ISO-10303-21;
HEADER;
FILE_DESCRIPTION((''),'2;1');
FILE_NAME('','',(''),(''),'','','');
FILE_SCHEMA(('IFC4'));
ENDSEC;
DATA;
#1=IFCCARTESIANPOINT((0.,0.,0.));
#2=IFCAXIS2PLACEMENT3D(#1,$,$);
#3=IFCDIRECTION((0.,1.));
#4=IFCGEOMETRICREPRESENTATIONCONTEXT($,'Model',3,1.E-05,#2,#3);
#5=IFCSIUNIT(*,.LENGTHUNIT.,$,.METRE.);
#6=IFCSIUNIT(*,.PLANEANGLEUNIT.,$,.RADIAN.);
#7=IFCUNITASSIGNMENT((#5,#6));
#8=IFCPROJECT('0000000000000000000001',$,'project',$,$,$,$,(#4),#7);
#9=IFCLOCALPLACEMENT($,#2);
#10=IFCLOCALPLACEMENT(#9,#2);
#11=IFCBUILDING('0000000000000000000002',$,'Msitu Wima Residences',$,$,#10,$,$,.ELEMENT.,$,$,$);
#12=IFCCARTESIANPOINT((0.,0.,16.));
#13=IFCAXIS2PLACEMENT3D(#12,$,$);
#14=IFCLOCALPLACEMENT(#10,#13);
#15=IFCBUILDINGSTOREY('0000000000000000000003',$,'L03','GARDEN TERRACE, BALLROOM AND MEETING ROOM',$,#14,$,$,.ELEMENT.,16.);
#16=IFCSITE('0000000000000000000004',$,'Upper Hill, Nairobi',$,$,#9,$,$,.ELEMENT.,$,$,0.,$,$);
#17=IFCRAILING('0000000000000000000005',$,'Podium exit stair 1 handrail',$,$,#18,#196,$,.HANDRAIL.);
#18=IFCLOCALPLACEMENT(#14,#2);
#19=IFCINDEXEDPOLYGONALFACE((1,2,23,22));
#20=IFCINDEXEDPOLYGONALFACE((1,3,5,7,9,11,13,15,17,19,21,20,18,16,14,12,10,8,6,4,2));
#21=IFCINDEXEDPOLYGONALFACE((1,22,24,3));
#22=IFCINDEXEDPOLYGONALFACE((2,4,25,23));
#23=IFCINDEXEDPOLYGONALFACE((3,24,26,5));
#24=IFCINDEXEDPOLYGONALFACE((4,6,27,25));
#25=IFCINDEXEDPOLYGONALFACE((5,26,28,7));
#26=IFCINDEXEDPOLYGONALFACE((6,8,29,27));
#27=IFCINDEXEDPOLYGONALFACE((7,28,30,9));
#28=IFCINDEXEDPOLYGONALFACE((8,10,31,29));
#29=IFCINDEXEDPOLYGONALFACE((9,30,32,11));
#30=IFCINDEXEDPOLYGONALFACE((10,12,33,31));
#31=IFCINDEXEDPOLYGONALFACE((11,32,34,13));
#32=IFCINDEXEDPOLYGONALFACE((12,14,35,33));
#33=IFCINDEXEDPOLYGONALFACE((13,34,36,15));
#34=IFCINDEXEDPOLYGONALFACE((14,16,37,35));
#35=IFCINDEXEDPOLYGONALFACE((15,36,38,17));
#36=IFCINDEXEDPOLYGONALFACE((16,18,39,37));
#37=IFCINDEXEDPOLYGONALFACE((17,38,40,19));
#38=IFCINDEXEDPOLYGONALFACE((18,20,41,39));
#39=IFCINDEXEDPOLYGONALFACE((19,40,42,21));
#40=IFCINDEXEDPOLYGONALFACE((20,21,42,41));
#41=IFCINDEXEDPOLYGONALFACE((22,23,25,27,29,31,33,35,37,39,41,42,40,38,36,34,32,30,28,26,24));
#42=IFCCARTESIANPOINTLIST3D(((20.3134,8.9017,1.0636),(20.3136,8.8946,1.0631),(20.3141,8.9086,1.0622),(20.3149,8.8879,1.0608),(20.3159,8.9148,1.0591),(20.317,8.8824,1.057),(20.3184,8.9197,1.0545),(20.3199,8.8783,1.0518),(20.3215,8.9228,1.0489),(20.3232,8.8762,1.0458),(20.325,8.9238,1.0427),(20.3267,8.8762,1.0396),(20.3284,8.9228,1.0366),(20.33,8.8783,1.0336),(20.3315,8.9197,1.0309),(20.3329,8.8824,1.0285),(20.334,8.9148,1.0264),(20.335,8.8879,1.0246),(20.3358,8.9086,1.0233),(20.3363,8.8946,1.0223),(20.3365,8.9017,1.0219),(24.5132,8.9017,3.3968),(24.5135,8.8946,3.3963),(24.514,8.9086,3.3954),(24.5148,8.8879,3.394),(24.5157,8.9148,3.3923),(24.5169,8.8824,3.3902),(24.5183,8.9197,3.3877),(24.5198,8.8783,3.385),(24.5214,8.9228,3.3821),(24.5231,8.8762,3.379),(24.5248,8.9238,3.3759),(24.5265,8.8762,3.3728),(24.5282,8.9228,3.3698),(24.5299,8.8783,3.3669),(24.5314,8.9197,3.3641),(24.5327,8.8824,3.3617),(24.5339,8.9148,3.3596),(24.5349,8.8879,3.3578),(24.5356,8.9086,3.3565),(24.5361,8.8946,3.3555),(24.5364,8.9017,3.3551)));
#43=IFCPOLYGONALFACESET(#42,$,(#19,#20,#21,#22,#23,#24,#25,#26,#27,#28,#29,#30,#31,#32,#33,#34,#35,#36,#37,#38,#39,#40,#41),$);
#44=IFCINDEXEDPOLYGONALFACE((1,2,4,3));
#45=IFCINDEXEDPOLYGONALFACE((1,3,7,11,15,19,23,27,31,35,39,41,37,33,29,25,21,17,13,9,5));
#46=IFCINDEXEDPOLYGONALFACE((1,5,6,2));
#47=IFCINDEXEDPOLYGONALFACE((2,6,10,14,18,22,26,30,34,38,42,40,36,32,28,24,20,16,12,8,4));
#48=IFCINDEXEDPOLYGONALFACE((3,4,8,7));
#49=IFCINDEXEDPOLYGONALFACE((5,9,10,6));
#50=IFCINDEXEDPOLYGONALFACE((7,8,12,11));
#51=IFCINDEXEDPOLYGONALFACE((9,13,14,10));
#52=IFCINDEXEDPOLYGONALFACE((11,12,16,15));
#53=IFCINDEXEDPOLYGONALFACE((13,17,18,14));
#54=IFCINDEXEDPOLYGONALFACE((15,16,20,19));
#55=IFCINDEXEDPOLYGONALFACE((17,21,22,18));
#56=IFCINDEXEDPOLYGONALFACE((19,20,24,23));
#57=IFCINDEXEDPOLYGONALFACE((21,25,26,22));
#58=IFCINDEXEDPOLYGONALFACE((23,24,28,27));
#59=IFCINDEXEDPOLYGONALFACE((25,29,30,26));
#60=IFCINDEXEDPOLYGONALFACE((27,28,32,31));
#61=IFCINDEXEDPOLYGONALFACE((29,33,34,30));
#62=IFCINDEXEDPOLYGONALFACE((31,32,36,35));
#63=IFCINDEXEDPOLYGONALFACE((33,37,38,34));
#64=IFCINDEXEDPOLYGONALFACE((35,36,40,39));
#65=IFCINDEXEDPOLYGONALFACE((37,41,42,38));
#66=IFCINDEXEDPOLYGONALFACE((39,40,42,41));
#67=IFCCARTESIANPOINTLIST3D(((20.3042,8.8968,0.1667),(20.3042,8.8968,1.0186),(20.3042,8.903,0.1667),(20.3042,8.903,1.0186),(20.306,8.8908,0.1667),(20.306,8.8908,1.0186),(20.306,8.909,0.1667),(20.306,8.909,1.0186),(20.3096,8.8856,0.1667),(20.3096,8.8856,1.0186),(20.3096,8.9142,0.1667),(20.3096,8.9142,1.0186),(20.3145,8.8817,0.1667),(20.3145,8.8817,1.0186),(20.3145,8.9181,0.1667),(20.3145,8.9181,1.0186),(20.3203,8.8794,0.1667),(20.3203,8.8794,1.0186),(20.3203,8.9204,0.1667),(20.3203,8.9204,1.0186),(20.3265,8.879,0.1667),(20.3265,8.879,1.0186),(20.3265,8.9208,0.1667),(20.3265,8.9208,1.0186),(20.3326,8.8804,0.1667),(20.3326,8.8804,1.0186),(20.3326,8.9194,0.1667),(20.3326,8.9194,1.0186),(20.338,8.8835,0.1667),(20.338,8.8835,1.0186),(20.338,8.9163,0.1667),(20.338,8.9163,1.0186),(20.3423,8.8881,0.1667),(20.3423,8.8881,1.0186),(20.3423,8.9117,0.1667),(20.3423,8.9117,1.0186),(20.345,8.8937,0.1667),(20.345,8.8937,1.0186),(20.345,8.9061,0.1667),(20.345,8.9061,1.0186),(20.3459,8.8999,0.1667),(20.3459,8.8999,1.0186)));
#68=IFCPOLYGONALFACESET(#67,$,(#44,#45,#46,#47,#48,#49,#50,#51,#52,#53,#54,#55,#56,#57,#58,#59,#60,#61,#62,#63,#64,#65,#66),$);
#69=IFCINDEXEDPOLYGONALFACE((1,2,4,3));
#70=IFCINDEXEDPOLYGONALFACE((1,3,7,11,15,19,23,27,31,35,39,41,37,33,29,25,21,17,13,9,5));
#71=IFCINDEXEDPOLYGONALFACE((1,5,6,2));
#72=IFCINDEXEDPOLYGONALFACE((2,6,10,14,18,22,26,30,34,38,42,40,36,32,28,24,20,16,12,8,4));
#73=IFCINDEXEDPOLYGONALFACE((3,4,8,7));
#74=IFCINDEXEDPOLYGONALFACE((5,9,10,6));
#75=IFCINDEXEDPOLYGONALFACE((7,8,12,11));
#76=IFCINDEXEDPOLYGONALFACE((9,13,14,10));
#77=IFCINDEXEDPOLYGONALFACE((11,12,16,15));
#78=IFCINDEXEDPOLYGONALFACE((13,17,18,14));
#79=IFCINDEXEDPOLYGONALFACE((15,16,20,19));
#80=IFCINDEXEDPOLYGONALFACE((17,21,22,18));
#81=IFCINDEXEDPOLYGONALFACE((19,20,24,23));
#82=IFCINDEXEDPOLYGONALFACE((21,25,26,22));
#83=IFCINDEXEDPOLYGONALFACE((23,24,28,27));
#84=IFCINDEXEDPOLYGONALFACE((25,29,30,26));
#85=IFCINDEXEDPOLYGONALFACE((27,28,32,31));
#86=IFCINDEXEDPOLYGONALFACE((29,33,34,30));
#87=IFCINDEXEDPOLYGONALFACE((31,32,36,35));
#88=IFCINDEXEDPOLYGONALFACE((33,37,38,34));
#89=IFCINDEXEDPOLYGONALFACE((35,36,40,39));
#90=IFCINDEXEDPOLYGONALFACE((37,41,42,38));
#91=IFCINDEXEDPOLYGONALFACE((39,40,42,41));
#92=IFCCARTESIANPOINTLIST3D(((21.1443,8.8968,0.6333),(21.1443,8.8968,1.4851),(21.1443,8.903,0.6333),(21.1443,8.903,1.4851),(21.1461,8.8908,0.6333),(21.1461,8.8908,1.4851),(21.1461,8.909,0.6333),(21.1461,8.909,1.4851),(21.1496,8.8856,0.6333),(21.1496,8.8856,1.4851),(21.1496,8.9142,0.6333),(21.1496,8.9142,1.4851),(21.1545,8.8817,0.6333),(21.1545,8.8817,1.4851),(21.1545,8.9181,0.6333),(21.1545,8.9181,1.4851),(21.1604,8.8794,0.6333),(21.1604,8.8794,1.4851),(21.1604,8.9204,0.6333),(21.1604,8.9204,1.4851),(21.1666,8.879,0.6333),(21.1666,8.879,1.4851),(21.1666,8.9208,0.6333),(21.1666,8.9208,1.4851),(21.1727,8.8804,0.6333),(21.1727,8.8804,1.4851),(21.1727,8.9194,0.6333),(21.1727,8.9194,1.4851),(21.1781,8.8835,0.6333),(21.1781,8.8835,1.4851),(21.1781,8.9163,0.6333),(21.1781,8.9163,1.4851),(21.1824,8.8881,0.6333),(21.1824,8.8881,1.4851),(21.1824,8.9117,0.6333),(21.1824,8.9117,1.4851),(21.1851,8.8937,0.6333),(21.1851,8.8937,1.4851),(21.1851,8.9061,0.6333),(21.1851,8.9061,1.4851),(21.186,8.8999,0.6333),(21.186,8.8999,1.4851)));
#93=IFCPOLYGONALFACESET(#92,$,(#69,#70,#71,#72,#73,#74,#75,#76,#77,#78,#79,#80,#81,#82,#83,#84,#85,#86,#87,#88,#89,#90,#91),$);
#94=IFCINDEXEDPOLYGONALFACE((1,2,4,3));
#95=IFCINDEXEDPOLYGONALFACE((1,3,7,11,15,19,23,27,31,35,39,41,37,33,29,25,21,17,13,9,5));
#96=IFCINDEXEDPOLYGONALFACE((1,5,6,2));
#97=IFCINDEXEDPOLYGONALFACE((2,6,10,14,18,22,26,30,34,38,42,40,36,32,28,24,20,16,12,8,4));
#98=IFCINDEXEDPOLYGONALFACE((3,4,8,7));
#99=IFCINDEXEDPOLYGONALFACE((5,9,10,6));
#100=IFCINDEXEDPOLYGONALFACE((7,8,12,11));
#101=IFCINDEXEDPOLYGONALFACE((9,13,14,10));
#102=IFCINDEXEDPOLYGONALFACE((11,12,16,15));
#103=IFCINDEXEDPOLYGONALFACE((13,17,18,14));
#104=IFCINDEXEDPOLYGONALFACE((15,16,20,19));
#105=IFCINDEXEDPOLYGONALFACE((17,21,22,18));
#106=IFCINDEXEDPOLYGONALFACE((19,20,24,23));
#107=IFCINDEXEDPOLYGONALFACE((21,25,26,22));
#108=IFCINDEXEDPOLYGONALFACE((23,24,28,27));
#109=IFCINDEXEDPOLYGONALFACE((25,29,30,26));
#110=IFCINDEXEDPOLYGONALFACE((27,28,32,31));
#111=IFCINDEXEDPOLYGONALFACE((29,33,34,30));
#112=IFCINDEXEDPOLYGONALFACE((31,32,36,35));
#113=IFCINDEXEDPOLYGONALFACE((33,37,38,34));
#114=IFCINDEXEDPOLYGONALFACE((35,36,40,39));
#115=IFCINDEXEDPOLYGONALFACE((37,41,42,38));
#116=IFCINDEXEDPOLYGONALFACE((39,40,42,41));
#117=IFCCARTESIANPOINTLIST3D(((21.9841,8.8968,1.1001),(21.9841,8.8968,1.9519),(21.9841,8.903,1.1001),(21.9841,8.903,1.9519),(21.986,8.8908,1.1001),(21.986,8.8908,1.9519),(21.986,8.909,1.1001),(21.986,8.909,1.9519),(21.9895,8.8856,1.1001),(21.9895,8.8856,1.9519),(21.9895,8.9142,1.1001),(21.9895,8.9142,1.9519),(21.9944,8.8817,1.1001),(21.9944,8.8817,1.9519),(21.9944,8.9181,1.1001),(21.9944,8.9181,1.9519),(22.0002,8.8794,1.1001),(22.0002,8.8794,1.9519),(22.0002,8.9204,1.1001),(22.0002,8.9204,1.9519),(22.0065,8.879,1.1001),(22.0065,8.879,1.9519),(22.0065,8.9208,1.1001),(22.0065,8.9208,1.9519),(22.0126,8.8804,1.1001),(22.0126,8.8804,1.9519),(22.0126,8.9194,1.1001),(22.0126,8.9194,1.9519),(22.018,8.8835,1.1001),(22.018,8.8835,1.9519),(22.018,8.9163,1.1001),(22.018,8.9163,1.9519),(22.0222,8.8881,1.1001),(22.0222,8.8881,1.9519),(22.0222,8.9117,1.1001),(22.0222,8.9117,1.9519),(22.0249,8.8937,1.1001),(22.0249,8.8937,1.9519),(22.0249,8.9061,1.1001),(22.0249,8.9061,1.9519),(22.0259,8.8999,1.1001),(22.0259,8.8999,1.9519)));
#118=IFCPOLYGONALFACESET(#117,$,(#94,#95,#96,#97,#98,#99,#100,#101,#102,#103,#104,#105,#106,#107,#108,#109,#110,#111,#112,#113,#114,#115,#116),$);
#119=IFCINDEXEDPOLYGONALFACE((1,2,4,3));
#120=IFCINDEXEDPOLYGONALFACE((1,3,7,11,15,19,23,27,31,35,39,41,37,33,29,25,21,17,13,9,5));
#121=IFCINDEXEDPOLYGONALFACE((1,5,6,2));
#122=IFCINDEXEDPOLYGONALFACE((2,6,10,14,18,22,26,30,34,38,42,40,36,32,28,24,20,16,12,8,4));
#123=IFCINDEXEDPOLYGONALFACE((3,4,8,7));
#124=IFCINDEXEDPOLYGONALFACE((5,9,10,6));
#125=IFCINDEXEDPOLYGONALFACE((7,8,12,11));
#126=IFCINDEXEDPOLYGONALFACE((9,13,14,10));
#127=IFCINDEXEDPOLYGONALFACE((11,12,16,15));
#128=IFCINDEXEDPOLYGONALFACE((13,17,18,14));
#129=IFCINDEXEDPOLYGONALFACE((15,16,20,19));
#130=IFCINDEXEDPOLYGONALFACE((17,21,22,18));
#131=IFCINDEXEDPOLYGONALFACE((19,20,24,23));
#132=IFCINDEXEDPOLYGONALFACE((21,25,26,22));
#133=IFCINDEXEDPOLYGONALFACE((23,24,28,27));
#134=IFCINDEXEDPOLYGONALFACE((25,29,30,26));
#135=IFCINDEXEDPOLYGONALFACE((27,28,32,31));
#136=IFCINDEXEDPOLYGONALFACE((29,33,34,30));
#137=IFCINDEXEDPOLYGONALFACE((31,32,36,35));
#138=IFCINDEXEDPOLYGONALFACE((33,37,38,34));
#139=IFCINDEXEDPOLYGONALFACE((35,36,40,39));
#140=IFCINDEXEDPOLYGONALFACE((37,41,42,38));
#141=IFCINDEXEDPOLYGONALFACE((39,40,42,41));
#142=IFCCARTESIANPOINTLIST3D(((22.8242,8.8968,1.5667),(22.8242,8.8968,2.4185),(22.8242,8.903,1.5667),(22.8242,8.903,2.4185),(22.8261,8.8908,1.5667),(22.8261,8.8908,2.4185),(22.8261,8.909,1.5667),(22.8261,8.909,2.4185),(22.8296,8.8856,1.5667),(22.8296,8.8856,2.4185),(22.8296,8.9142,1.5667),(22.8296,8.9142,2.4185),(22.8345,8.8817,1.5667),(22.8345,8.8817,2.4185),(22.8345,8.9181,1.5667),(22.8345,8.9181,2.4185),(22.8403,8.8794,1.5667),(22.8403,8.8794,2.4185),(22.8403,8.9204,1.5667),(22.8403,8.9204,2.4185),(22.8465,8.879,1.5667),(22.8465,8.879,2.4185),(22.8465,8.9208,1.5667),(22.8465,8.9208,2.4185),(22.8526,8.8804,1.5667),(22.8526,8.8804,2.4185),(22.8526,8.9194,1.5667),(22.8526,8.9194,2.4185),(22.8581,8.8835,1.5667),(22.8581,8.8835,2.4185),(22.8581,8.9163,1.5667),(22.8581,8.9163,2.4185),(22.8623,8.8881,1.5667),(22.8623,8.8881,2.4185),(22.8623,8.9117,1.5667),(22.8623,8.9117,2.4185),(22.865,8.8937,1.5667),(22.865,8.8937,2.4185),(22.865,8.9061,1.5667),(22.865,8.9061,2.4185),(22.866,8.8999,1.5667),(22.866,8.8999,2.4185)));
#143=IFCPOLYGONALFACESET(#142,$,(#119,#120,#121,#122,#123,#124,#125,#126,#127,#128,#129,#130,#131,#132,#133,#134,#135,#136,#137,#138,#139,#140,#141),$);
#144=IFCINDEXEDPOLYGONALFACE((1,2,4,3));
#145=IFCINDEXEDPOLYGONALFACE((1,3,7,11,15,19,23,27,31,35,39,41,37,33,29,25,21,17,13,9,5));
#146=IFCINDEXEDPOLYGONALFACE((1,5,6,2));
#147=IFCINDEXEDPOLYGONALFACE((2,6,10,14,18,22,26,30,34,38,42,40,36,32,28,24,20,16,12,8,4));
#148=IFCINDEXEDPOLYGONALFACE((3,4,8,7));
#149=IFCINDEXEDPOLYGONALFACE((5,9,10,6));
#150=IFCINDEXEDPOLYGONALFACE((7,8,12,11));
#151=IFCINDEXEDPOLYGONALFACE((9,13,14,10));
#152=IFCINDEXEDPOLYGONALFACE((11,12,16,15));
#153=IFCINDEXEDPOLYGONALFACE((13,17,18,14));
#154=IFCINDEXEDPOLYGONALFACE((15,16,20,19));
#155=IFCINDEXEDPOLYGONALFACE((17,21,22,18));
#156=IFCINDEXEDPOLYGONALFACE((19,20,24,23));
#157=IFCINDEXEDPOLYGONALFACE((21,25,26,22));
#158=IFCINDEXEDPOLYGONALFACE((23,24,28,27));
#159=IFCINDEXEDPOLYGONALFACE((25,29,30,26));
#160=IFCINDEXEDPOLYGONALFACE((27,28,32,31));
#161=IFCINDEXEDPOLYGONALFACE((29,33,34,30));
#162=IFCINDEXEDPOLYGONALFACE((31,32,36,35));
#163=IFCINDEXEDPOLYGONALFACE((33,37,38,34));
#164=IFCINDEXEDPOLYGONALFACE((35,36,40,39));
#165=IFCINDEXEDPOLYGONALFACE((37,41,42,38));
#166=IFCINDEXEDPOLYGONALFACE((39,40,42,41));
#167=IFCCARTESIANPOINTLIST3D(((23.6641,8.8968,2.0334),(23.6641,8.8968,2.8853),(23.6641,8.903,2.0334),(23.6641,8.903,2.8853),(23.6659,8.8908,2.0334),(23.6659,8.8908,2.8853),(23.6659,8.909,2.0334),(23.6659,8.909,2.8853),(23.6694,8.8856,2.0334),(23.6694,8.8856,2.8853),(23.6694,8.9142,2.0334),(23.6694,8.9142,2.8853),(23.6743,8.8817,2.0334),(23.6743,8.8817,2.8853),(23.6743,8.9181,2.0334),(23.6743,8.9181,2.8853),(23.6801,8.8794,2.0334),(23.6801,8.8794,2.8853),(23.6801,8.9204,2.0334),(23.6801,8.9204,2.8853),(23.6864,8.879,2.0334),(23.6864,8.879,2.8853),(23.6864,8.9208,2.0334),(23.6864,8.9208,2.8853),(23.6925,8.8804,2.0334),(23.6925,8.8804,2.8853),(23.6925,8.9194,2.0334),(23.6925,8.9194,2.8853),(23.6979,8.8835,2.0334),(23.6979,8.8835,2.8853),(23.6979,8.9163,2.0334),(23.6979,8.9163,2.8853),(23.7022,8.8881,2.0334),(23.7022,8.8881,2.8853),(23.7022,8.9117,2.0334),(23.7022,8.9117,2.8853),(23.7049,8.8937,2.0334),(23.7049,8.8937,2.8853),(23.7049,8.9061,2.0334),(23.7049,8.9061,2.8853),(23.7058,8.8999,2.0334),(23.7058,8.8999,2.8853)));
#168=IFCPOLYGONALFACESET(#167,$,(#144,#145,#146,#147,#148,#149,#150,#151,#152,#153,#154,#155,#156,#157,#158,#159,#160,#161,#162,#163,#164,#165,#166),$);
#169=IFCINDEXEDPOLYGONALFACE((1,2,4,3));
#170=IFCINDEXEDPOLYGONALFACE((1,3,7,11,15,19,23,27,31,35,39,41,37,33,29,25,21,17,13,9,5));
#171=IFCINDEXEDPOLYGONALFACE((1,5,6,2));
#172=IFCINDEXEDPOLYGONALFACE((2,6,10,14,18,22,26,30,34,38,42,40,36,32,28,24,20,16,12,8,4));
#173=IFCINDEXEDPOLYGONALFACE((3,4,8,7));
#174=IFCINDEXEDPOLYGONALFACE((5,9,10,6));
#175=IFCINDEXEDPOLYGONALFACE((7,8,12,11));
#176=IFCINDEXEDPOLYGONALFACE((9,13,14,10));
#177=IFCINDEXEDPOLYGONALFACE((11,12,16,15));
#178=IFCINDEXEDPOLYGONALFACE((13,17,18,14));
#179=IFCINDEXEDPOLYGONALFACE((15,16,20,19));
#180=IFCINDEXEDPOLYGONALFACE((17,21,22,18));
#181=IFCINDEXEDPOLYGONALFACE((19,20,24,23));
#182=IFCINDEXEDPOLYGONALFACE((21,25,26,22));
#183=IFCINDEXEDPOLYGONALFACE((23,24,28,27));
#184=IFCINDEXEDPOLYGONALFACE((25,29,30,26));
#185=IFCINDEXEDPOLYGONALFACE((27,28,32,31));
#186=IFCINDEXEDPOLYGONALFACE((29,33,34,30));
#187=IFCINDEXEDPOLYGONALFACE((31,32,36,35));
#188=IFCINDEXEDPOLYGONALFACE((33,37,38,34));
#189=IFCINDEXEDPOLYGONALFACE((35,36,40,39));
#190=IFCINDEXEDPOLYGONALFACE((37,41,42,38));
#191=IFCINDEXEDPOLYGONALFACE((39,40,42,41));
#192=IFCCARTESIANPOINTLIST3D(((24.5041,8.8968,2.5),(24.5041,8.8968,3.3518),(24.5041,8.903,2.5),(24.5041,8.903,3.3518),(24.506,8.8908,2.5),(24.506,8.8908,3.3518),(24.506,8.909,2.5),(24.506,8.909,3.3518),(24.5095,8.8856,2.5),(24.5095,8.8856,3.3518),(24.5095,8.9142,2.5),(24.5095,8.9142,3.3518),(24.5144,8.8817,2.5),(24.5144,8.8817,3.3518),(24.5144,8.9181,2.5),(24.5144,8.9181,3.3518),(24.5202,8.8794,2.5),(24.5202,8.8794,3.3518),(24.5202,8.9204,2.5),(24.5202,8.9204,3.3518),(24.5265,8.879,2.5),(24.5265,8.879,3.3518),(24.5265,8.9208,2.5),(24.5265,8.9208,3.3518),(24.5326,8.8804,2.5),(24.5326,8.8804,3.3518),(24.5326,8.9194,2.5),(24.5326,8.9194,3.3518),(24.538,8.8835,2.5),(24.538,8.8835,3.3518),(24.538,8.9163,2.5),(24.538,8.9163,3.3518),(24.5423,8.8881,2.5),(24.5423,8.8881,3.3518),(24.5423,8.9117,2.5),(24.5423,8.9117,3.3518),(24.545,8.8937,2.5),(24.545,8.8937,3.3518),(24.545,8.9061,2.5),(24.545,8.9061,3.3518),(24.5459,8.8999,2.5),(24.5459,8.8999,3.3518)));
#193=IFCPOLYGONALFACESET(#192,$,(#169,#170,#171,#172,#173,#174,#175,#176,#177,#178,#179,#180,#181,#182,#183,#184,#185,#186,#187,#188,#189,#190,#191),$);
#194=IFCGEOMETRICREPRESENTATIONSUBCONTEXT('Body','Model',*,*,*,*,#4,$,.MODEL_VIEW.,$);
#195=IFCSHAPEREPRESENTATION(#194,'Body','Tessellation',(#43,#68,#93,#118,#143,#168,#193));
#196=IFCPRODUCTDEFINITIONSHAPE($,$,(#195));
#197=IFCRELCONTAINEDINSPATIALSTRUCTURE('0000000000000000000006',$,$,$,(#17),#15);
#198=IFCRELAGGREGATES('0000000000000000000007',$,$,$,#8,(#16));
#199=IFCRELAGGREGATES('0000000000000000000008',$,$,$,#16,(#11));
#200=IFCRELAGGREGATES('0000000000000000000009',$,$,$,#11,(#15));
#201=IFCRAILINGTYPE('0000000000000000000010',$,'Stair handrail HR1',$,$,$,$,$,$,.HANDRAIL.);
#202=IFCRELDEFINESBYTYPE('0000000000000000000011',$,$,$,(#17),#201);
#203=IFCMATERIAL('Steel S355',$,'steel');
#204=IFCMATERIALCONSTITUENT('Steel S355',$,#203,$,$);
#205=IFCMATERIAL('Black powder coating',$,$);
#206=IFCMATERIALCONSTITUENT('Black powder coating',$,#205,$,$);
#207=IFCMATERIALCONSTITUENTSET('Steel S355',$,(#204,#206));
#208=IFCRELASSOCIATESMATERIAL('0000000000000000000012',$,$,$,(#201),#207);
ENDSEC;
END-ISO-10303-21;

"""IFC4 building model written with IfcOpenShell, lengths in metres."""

from ifc_helpers import new_model, si_unit, direction, frame, origin, origin_2d, place, context, subcontext, project, spatial, circle, extrude, material, constituent, constituent_set, type_object, element, save


model = new_model("IFC4")

# Units and contexts
model_context = context("Model", 3, precision=1e-05, world=origin(), true_north=direction((0.0, 1.0)))
body_context = subcontext(model_context, "Body", "Model", "MODEL_VIEW")
ifc_project = project(units=[si_unit("LENGTHUNIT", "METRE"), si_unit("PLANEANGLEUNIT", "RADIAN")], contexts=[model_context])

# Site, building, storey
site_placement = place(None, origin())
site = spatial("IfcSite", under=ifc_project, at=site_placement, Name="Upper Hill, Nairobi", CompositionType="ELEMENT", RefElevation=0.0)
building_placement = place(site_placement, origin())
building = spatial("IfcBuilding", under=site, at=building_placement, Name="Msitu Wima Residences", CompositionType="ELEMENT")
storey_placement = place(building_placement, frame((0.0, 0.0, 16.0)))
storey = spatial("IfcBuildingStorey", under=building, at=storey_placement, Name="L03", Description="GARDEN TERRACE, BALLROOM AND MEETING ROOM", CompositionType="ELEMENT", Elevation=16.0)

# Railing
ifc_material_1 = material(Name="Steel S355", Category="steel")
ifc_constituent_1 = constituent(ifc_material_1, Name="Steel S355")
ifc_material_2 = material(Name="Black powder coating")
ifc_constituent_2 = constituent(ifc_material_2, Name="Black powder coating")
ifc_constituent_set = constituent_set(constituents=[ifc_constituent_1, ifc_constituent_2], Name="Steel S355")
railing_type = type_object("IfcRailingType", Name="Stair handrail HR1", PredefinedType="HANDRAIL", material=ifc_constituent_set)
for number, where, name in (
    (1, (20.325, 8.8999, 0.1667), "Podium exit stair 1 handrail"),
):
    element("IfcRailing", number, at=place(storey_placement, frame(where)), inside=storey, type_object=railing_type, Name=name, PredefinedType="HANDRAIL", context=body_context, shape_type="SweptSolid", body=[
        extrude(circle(Radius=0.0239, at=origin_2d()), frame((0.0, 0.0, 0.876), z_axis=(0.874162, 0.0, 0.485634), x_axis=(0.0, 1.0, 0.0)), (0.0, 0.0, 1.0), 4.8044),
        extrude(circle(Radius=0.021, at=origin_2d()), origin(), (0.0, 0.0, 1.0), 0.8518),
        extrude(circle(Radius=0.021, at=origin_2d()), frame((0.8401, 0.0, 0.4666)), (0.0, 0.0, 1.0), 0.8518),
        extrude(circle(Radius=0.021, at=origin_2d()), frame((1.6799, 0.0, 0.9333)), (0.0, 0.0, 1.0), 0.8518),
        extrude(circle(Radius=0.021, at=origin_2d()), frame((2.52, 0.0, 1.3999)), (0.0, 0.0, 1.0), 0.8518),
        extrude(circle(Radius=0.021, at=origin_2d()), frame((3.3599, 0.0, 1.8667)), (0.0, 0.0, 1.0), 0.8518),
        extrude(circle(Radius=0.021, at=origin_2d()), frame((4.2, 0.0, 2.3333)), (0.0, 0.0, 1.0), 0.8518),
    ])

save(model, "model.ifc")
